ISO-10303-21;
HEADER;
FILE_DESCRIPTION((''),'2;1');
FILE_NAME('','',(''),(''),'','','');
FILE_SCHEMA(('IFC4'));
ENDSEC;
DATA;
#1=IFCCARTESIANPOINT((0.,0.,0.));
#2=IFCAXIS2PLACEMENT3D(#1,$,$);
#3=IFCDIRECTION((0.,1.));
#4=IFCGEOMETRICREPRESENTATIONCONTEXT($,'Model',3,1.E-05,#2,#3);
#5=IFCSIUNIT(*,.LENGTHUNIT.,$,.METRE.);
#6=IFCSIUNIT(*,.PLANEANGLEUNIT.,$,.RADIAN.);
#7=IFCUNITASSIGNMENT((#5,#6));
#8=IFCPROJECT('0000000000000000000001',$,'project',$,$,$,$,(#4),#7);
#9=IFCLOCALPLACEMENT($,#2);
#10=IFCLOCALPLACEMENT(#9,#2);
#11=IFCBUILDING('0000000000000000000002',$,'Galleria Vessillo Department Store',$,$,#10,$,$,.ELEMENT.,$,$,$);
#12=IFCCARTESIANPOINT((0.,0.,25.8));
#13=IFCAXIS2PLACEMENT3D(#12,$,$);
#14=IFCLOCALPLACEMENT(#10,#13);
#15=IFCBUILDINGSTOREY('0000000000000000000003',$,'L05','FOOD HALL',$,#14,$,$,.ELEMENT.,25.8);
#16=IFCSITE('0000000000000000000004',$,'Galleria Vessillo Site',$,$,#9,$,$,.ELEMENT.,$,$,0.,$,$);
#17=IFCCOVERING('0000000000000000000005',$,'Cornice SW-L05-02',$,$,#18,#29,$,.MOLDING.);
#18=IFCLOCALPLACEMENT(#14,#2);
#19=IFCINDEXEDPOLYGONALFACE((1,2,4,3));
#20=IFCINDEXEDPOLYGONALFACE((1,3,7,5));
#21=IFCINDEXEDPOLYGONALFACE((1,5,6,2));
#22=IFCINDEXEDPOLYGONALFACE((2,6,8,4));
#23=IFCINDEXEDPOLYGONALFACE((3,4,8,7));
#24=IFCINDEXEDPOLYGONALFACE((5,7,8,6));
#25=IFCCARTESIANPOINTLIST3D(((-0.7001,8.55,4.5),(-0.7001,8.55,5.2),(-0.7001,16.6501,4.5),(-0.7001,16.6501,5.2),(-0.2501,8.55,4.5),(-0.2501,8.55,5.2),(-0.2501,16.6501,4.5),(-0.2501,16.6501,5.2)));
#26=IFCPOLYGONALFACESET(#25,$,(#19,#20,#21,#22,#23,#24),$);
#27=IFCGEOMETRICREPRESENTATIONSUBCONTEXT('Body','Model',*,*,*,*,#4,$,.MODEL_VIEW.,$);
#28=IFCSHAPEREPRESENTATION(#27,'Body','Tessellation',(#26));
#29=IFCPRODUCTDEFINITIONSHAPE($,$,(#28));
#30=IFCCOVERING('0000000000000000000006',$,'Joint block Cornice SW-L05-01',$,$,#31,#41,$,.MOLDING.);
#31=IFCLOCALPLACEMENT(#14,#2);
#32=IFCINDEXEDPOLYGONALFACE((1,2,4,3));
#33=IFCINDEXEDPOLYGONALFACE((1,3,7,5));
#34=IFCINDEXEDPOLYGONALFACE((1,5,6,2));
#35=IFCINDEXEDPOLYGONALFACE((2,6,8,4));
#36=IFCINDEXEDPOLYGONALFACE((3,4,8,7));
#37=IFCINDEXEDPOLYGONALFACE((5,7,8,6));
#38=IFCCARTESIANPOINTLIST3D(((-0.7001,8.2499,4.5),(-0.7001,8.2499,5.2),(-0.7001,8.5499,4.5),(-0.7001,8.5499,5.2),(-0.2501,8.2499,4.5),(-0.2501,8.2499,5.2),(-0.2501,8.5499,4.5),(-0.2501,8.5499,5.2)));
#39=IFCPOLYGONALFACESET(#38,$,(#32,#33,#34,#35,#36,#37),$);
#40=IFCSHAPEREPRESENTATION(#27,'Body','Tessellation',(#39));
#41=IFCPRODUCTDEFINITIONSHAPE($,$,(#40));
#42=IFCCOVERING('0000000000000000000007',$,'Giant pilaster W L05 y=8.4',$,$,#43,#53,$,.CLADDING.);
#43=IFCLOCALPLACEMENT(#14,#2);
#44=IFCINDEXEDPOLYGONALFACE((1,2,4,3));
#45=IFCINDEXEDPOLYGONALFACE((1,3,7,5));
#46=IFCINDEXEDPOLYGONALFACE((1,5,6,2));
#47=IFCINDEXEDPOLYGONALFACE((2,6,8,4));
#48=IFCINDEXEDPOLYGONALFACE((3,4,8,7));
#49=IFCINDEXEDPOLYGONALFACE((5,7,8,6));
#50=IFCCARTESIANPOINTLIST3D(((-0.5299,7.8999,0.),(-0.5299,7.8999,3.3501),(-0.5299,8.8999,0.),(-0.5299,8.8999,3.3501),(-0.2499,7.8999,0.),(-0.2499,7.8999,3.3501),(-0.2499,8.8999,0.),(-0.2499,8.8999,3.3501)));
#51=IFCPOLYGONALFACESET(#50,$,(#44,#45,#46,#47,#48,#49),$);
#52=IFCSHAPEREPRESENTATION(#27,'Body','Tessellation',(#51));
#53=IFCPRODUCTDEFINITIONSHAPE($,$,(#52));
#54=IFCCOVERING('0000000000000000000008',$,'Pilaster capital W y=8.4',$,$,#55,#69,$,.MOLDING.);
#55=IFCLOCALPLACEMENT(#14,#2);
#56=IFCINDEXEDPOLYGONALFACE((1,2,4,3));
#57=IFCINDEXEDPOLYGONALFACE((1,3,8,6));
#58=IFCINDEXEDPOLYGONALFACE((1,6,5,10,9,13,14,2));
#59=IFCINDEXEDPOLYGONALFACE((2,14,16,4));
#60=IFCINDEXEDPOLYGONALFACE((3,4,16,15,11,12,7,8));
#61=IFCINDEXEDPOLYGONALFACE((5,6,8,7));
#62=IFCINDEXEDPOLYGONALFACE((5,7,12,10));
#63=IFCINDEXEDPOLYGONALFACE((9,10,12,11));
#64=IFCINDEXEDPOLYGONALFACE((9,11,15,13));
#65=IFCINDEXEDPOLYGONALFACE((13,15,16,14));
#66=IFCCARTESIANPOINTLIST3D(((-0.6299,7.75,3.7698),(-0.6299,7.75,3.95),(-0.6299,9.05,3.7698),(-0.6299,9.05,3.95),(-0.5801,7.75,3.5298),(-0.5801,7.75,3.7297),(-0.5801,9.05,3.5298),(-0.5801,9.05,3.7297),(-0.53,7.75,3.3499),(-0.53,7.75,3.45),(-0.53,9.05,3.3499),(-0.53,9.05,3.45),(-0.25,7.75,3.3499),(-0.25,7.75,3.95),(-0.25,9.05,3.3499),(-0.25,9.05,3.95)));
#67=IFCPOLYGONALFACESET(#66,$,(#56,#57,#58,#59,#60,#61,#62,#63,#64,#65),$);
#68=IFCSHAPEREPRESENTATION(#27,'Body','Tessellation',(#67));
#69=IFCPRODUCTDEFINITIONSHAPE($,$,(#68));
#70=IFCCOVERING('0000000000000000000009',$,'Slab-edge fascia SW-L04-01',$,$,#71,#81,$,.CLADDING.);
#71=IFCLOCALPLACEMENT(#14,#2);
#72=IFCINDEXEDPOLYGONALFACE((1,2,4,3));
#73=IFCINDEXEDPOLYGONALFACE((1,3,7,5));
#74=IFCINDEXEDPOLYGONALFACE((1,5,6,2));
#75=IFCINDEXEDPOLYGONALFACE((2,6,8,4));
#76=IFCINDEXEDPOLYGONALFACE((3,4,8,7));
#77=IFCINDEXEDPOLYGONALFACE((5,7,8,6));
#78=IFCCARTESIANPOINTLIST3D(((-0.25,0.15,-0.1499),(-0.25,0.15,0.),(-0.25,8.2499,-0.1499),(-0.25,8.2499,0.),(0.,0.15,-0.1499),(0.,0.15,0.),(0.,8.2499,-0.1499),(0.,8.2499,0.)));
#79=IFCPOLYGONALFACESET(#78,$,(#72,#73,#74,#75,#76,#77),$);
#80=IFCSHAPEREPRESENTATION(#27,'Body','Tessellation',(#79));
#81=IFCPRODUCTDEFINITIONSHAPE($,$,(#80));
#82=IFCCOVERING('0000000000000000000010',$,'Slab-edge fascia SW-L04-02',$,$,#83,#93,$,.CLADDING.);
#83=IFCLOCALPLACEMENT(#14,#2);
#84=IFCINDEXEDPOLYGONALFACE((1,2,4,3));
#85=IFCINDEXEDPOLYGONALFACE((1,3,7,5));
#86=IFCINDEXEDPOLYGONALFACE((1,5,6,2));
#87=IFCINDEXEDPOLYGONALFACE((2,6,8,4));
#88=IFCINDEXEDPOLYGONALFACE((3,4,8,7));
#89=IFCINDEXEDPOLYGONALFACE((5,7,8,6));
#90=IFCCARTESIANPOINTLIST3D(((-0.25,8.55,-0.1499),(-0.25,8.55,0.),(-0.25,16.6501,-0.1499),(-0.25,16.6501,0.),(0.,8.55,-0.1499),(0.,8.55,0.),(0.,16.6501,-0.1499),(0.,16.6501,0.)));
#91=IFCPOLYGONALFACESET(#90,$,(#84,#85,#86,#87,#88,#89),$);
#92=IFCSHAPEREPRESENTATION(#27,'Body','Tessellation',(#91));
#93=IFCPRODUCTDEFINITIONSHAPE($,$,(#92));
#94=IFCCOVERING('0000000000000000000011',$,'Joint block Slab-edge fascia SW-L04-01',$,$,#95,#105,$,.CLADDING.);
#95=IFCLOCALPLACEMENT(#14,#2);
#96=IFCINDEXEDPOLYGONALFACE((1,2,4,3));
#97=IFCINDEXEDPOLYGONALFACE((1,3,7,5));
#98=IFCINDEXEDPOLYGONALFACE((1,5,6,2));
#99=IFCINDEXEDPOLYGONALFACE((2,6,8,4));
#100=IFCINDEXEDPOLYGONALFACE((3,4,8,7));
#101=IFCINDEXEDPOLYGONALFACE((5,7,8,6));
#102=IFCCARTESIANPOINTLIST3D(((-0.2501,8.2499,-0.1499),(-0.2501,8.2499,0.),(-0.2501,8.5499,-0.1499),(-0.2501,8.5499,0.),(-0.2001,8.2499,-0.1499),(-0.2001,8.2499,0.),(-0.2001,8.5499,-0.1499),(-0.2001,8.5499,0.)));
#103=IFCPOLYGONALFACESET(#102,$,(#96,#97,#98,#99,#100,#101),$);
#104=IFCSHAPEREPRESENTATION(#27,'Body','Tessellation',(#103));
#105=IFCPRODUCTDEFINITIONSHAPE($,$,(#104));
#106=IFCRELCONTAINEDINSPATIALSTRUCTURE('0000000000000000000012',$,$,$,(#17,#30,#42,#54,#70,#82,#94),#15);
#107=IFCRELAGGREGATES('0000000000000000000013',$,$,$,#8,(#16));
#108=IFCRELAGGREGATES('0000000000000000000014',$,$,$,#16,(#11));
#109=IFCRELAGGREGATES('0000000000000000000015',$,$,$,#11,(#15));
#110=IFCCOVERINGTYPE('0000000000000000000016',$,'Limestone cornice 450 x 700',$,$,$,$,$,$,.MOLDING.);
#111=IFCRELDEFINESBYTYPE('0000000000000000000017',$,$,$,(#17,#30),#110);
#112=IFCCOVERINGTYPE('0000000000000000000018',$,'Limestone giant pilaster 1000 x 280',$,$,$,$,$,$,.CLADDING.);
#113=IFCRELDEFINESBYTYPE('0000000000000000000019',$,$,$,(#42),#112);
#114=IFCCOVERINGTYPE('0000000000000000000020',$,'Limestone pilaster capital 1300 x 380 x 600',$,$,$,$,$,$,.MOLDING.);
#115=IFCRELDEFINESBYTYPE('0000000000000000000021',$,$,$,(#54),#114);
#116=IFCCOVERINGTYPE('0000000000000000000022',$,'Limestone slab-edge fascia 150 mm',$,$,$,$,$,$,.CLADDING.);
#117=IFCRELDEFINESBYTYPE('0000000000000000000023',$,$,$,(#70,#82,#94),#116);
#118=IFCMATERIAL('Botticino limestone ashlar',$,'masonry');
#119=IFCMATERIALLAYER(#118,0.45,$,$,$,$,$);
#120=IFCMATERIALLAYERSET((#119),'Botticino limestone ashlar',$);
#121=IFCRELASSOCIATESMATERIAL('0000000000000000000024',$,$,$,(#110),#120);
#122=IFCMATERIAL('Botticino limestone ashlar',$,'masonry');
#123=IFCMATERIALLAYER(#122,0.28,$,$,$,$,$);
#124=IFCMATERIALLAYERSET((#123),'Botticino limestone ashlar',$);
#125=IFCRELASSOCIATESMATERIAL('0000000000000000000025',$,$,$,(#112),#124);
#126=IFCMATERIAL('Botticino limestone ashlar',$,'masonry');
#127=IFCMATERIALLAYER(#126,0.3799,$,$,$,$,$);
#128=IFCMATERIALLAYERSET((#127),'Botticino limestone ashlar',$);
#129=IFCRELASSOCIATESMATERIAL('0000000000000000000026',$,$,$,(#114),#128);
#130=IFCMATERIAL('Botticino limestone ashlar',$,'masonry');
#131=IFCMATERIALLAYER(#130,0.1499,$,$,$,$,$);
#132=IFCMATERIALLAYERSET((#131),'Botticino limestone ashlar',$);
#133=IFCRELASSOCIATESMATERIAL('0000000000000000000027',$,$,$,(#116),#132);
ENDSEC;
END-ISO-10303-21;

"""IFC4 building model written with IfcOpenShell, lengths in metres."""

from ifc_helpers import new_model, si_unit, direction, frame, origin, origin_2d, place, context, subcontext, project, spatial, polyline, rectangle, outline, extrude, material, layer, layer_set, type_object, element, save


model = new_model("IFC4")

# Units and contexts
model_context = context("Model", 3, precision=1e-05, world=origin(), true_north=direction((0.0, 1.0)))
body_context = subcontext(model_context, "Body", "Model", "MODEL_VIEW")
ifc_project = project(units=[si_unit("LENGTHUNIT", "METRE"), si_unit("PLANEANGLEUNIT", "RADIAN")], contexts=[model_context])

# Site, building, storey
site_placement = place(None, origin())
site = spatial("IfcSite", under=ifc_project, at=site_placement, Name="Galleria Vessillo Site", CompositionType="ELEMENT", RefElevation=0.0)
building_placement = place(site_placement, origin())
building = spatial("IfcBuilding", under=site, at=building_placement, Name="Galleria Vessillo Department Store", CompositionType="ELEMENT")
storey_placement = place(building_placement, frame((0.0, 0.0, 25.8)))
storey = spatial("IfcBuildingStorey", under=building, at=storey_placement, Name="L05", Description="FOOD HALL", CompositionType="ELEMENT", Elevation=25.8)

# Coverings
ifc_material_1 = material(Name="Botticino limestone ashlar", Category="masonry")
ifc_layer_1 = layer(ifc_material_1, 0.45)
ifc_layer_set_1 = layer_set([ifc_layer_1], Name="Botticino limestone ashlar")
covering_type_1 = type_object("IfcCoveringType", Name="Limestone cornice 450 x 700", PredefinedType="MOLDING", material=ifc_layer_set_1)
covering_1_placement = place(storey_placement, frame((-0.4751, 12.6001, 4.5), z_axis=(0.0, 0.0, 1.0), x_axis=(1.0, 0.0, 0.0)))
element("IfcCovering", 1, at=covering_1_placement, inside=storey, type_object=covering_type_1, Name="Cornice SW-L05-02", PredefinedType="MOLDING", context=body_context, shape_type="SweptSolid", body=[
    extrude(rectangle(XDim=0.45, YDim=8.1001, at=origin_2d()), origin(), (0.0, 0.0, 1.0), 0.7),
])
covering_2_placement = place(storey_placement, frame((-0.4751, 8.3999, 4.5), z_axis=(0.0, 0.0, 1.0), x_axis=(1.0, 0.0, 0.0)))
element("IfcCovering", 2, at=covering_2_placement, inside=storey, type_object=covering_type_1, Name="Joint block Cornice SW-L05-01", PredefinedType="MOLDING", context=body_context, shape_type="SweptSolid", body=[
    extrude(rectangle(XDim=0.45, YDim=0.3, at=origin_2d()), origin(), (0.0, 0.0, 1.0), 0.7),
])
ifc_material_2 = material(Name="Botticino limestone ashlar", Category="masonry")
ifc_layer_2 = layer(ifc_material_2, 0.28)
ifc_layer_set_2 = layer_set([ifc_layer_2], Name="Botticino limestone ashlar")
covering_type_2 = type_object("IfcCoveringType", Name="Limestone giant pilaster 1000 x 280", PredefinedType="CLADDING", material=ifc_layer_set_2)
covering_3_placement = place(storey_placement, frame((-0.3899, 8.3999, 0.0), z_axis=(0.0, 0.0, 1.0), x_axis=(1.0, 0.0, 0.0)))
element("IfcCovering", 3, at=covering_3_placement, inside=storey, type_object=covering_type_2, Name="Giant pilaster W L05 y=8.4", PredefinedType="CLADDING", context=body_context, shape_type="SweptSolid", body=[
    extrude(rectangle(XDim=0.28, YDim=1.0, at=origin_2d()), origin(), (0.0, 0.0, 1.0), 3.3501),
])
ifc_material_3 = material(Name="Botticino limestone ashlar", Category="masonry")
ifc_layer_3 = layer(ifc_material_3, 0.3799)
ifc_layer_set_3 = layer_set([ifc_layer_3], Name="Botticino limestone ashlar")
covering_type_3 = type_object("IfcCoveringType", Name="Limestone pilaster capital 1300 x 380 x 600", PredefinedType="MOLDING", material=ifc_layer_set_3)
covering_4_placement = place(storey_placement, frame((0.0, 7.75, 3.3499), z_axis=(0.0, 1.0, 0.0), x_axis=(-1.0, 0.0, 0.0)))
element("IfcCovering", 4, at=covering_4_placement, inside=storey, type_object=covering_type_3, Name="Pilaster capital W y=8.4", PredefinedType="MOLDING", context=body_context, shape_type="SweptSolid", body=[
    extrude(outline(polyline([(0.25, 0.0), (0.53, 0.0), (0.53, 0.1001), (0.5801, 0.1799), (0.5801, 0.3799), (0.6299, 0.4199), (0.6299, 0.6001), (0.25, 0.6001), (0.25, 0.0)])), origin(), (0.0, 0.0, 1.0), 1.3),
])
ifc_material_4 = material(Name="Botticino limestone ashlar", Category="masonry")
ifc_layer_4 = layer(ifc_material_4, 0.1499)
ifc_layer_set_4 = layer_set([ifc_layer_4], Name="Botticino limestone ashlar")
covering_type_4 = type_object("IfcCoveringType", Name="Limestone slab-edge fascia 150 mm", PredefinedType="CLADDING", material=ifc_layer_set_4)
covering_5_placement = place(storey_placement, frame((-0.125, 4.2, -0.1499), z_axis=(0.0, 0.0, 1.0), x_axis=(1.0, 0.0, 0.0)))
element("IfcCovering", 5, at=covering_5_placement, inside=storey, type_object=covering_type_4, Name="Slab-edge fascia SW-L04-01", PredefinedType="CLADDING", context=body_context, shape_type="SweptSolid", body=[
    extrude(rectangle(XDim=0.25, YDim=8.0999, at=origin_2d()), origin(), (0.0, 0.0, 1.0), 0.1499),
])
covering_6_placement = place(storey_placement, frame((-0.125, 12.6001, -0.1499), z_axis=(0.0, 0.0, 1.0), x_axis=(1.0, 0.0, 0.0)))
element("IfcCovering", 6, at=covering_6_placement, inside=storey, type_object=covering_type_4, Name="Slab-edge fascia SW-L04-02", PredefinedType="CLADDING", context=body_context, shape_type="SweptSolid", body=[
    extrude(rectangle(XDim=0.25, YDim=8.1001, at=origin_2d()), origin(), (0.0, 0.0, 1.0), 0.1499),
])
covering_7_placement = place(storey_placement, frame((-0.2251, 8.3999, -0.1499), z_axis=(0.0, 0.0, 1.0), x_axis=(1.0, 0.0, 0.0)))
element("IfcCovering", 7, at=covering_7_placement, inside=storey, type_object=covering_type_4, Name="Joint block Slab-edge fascia SW-L04-01", PredefinedType="CLADDING", context=body_context, shape_type="SweptSolid", body=[
    extrude(rectangle(XDim=0.05, YDim=0.3, at=origin_2d()), origin(), (0.0, 0.0, 1.0), 0.1499),
])

save(model, "model.ifc")
